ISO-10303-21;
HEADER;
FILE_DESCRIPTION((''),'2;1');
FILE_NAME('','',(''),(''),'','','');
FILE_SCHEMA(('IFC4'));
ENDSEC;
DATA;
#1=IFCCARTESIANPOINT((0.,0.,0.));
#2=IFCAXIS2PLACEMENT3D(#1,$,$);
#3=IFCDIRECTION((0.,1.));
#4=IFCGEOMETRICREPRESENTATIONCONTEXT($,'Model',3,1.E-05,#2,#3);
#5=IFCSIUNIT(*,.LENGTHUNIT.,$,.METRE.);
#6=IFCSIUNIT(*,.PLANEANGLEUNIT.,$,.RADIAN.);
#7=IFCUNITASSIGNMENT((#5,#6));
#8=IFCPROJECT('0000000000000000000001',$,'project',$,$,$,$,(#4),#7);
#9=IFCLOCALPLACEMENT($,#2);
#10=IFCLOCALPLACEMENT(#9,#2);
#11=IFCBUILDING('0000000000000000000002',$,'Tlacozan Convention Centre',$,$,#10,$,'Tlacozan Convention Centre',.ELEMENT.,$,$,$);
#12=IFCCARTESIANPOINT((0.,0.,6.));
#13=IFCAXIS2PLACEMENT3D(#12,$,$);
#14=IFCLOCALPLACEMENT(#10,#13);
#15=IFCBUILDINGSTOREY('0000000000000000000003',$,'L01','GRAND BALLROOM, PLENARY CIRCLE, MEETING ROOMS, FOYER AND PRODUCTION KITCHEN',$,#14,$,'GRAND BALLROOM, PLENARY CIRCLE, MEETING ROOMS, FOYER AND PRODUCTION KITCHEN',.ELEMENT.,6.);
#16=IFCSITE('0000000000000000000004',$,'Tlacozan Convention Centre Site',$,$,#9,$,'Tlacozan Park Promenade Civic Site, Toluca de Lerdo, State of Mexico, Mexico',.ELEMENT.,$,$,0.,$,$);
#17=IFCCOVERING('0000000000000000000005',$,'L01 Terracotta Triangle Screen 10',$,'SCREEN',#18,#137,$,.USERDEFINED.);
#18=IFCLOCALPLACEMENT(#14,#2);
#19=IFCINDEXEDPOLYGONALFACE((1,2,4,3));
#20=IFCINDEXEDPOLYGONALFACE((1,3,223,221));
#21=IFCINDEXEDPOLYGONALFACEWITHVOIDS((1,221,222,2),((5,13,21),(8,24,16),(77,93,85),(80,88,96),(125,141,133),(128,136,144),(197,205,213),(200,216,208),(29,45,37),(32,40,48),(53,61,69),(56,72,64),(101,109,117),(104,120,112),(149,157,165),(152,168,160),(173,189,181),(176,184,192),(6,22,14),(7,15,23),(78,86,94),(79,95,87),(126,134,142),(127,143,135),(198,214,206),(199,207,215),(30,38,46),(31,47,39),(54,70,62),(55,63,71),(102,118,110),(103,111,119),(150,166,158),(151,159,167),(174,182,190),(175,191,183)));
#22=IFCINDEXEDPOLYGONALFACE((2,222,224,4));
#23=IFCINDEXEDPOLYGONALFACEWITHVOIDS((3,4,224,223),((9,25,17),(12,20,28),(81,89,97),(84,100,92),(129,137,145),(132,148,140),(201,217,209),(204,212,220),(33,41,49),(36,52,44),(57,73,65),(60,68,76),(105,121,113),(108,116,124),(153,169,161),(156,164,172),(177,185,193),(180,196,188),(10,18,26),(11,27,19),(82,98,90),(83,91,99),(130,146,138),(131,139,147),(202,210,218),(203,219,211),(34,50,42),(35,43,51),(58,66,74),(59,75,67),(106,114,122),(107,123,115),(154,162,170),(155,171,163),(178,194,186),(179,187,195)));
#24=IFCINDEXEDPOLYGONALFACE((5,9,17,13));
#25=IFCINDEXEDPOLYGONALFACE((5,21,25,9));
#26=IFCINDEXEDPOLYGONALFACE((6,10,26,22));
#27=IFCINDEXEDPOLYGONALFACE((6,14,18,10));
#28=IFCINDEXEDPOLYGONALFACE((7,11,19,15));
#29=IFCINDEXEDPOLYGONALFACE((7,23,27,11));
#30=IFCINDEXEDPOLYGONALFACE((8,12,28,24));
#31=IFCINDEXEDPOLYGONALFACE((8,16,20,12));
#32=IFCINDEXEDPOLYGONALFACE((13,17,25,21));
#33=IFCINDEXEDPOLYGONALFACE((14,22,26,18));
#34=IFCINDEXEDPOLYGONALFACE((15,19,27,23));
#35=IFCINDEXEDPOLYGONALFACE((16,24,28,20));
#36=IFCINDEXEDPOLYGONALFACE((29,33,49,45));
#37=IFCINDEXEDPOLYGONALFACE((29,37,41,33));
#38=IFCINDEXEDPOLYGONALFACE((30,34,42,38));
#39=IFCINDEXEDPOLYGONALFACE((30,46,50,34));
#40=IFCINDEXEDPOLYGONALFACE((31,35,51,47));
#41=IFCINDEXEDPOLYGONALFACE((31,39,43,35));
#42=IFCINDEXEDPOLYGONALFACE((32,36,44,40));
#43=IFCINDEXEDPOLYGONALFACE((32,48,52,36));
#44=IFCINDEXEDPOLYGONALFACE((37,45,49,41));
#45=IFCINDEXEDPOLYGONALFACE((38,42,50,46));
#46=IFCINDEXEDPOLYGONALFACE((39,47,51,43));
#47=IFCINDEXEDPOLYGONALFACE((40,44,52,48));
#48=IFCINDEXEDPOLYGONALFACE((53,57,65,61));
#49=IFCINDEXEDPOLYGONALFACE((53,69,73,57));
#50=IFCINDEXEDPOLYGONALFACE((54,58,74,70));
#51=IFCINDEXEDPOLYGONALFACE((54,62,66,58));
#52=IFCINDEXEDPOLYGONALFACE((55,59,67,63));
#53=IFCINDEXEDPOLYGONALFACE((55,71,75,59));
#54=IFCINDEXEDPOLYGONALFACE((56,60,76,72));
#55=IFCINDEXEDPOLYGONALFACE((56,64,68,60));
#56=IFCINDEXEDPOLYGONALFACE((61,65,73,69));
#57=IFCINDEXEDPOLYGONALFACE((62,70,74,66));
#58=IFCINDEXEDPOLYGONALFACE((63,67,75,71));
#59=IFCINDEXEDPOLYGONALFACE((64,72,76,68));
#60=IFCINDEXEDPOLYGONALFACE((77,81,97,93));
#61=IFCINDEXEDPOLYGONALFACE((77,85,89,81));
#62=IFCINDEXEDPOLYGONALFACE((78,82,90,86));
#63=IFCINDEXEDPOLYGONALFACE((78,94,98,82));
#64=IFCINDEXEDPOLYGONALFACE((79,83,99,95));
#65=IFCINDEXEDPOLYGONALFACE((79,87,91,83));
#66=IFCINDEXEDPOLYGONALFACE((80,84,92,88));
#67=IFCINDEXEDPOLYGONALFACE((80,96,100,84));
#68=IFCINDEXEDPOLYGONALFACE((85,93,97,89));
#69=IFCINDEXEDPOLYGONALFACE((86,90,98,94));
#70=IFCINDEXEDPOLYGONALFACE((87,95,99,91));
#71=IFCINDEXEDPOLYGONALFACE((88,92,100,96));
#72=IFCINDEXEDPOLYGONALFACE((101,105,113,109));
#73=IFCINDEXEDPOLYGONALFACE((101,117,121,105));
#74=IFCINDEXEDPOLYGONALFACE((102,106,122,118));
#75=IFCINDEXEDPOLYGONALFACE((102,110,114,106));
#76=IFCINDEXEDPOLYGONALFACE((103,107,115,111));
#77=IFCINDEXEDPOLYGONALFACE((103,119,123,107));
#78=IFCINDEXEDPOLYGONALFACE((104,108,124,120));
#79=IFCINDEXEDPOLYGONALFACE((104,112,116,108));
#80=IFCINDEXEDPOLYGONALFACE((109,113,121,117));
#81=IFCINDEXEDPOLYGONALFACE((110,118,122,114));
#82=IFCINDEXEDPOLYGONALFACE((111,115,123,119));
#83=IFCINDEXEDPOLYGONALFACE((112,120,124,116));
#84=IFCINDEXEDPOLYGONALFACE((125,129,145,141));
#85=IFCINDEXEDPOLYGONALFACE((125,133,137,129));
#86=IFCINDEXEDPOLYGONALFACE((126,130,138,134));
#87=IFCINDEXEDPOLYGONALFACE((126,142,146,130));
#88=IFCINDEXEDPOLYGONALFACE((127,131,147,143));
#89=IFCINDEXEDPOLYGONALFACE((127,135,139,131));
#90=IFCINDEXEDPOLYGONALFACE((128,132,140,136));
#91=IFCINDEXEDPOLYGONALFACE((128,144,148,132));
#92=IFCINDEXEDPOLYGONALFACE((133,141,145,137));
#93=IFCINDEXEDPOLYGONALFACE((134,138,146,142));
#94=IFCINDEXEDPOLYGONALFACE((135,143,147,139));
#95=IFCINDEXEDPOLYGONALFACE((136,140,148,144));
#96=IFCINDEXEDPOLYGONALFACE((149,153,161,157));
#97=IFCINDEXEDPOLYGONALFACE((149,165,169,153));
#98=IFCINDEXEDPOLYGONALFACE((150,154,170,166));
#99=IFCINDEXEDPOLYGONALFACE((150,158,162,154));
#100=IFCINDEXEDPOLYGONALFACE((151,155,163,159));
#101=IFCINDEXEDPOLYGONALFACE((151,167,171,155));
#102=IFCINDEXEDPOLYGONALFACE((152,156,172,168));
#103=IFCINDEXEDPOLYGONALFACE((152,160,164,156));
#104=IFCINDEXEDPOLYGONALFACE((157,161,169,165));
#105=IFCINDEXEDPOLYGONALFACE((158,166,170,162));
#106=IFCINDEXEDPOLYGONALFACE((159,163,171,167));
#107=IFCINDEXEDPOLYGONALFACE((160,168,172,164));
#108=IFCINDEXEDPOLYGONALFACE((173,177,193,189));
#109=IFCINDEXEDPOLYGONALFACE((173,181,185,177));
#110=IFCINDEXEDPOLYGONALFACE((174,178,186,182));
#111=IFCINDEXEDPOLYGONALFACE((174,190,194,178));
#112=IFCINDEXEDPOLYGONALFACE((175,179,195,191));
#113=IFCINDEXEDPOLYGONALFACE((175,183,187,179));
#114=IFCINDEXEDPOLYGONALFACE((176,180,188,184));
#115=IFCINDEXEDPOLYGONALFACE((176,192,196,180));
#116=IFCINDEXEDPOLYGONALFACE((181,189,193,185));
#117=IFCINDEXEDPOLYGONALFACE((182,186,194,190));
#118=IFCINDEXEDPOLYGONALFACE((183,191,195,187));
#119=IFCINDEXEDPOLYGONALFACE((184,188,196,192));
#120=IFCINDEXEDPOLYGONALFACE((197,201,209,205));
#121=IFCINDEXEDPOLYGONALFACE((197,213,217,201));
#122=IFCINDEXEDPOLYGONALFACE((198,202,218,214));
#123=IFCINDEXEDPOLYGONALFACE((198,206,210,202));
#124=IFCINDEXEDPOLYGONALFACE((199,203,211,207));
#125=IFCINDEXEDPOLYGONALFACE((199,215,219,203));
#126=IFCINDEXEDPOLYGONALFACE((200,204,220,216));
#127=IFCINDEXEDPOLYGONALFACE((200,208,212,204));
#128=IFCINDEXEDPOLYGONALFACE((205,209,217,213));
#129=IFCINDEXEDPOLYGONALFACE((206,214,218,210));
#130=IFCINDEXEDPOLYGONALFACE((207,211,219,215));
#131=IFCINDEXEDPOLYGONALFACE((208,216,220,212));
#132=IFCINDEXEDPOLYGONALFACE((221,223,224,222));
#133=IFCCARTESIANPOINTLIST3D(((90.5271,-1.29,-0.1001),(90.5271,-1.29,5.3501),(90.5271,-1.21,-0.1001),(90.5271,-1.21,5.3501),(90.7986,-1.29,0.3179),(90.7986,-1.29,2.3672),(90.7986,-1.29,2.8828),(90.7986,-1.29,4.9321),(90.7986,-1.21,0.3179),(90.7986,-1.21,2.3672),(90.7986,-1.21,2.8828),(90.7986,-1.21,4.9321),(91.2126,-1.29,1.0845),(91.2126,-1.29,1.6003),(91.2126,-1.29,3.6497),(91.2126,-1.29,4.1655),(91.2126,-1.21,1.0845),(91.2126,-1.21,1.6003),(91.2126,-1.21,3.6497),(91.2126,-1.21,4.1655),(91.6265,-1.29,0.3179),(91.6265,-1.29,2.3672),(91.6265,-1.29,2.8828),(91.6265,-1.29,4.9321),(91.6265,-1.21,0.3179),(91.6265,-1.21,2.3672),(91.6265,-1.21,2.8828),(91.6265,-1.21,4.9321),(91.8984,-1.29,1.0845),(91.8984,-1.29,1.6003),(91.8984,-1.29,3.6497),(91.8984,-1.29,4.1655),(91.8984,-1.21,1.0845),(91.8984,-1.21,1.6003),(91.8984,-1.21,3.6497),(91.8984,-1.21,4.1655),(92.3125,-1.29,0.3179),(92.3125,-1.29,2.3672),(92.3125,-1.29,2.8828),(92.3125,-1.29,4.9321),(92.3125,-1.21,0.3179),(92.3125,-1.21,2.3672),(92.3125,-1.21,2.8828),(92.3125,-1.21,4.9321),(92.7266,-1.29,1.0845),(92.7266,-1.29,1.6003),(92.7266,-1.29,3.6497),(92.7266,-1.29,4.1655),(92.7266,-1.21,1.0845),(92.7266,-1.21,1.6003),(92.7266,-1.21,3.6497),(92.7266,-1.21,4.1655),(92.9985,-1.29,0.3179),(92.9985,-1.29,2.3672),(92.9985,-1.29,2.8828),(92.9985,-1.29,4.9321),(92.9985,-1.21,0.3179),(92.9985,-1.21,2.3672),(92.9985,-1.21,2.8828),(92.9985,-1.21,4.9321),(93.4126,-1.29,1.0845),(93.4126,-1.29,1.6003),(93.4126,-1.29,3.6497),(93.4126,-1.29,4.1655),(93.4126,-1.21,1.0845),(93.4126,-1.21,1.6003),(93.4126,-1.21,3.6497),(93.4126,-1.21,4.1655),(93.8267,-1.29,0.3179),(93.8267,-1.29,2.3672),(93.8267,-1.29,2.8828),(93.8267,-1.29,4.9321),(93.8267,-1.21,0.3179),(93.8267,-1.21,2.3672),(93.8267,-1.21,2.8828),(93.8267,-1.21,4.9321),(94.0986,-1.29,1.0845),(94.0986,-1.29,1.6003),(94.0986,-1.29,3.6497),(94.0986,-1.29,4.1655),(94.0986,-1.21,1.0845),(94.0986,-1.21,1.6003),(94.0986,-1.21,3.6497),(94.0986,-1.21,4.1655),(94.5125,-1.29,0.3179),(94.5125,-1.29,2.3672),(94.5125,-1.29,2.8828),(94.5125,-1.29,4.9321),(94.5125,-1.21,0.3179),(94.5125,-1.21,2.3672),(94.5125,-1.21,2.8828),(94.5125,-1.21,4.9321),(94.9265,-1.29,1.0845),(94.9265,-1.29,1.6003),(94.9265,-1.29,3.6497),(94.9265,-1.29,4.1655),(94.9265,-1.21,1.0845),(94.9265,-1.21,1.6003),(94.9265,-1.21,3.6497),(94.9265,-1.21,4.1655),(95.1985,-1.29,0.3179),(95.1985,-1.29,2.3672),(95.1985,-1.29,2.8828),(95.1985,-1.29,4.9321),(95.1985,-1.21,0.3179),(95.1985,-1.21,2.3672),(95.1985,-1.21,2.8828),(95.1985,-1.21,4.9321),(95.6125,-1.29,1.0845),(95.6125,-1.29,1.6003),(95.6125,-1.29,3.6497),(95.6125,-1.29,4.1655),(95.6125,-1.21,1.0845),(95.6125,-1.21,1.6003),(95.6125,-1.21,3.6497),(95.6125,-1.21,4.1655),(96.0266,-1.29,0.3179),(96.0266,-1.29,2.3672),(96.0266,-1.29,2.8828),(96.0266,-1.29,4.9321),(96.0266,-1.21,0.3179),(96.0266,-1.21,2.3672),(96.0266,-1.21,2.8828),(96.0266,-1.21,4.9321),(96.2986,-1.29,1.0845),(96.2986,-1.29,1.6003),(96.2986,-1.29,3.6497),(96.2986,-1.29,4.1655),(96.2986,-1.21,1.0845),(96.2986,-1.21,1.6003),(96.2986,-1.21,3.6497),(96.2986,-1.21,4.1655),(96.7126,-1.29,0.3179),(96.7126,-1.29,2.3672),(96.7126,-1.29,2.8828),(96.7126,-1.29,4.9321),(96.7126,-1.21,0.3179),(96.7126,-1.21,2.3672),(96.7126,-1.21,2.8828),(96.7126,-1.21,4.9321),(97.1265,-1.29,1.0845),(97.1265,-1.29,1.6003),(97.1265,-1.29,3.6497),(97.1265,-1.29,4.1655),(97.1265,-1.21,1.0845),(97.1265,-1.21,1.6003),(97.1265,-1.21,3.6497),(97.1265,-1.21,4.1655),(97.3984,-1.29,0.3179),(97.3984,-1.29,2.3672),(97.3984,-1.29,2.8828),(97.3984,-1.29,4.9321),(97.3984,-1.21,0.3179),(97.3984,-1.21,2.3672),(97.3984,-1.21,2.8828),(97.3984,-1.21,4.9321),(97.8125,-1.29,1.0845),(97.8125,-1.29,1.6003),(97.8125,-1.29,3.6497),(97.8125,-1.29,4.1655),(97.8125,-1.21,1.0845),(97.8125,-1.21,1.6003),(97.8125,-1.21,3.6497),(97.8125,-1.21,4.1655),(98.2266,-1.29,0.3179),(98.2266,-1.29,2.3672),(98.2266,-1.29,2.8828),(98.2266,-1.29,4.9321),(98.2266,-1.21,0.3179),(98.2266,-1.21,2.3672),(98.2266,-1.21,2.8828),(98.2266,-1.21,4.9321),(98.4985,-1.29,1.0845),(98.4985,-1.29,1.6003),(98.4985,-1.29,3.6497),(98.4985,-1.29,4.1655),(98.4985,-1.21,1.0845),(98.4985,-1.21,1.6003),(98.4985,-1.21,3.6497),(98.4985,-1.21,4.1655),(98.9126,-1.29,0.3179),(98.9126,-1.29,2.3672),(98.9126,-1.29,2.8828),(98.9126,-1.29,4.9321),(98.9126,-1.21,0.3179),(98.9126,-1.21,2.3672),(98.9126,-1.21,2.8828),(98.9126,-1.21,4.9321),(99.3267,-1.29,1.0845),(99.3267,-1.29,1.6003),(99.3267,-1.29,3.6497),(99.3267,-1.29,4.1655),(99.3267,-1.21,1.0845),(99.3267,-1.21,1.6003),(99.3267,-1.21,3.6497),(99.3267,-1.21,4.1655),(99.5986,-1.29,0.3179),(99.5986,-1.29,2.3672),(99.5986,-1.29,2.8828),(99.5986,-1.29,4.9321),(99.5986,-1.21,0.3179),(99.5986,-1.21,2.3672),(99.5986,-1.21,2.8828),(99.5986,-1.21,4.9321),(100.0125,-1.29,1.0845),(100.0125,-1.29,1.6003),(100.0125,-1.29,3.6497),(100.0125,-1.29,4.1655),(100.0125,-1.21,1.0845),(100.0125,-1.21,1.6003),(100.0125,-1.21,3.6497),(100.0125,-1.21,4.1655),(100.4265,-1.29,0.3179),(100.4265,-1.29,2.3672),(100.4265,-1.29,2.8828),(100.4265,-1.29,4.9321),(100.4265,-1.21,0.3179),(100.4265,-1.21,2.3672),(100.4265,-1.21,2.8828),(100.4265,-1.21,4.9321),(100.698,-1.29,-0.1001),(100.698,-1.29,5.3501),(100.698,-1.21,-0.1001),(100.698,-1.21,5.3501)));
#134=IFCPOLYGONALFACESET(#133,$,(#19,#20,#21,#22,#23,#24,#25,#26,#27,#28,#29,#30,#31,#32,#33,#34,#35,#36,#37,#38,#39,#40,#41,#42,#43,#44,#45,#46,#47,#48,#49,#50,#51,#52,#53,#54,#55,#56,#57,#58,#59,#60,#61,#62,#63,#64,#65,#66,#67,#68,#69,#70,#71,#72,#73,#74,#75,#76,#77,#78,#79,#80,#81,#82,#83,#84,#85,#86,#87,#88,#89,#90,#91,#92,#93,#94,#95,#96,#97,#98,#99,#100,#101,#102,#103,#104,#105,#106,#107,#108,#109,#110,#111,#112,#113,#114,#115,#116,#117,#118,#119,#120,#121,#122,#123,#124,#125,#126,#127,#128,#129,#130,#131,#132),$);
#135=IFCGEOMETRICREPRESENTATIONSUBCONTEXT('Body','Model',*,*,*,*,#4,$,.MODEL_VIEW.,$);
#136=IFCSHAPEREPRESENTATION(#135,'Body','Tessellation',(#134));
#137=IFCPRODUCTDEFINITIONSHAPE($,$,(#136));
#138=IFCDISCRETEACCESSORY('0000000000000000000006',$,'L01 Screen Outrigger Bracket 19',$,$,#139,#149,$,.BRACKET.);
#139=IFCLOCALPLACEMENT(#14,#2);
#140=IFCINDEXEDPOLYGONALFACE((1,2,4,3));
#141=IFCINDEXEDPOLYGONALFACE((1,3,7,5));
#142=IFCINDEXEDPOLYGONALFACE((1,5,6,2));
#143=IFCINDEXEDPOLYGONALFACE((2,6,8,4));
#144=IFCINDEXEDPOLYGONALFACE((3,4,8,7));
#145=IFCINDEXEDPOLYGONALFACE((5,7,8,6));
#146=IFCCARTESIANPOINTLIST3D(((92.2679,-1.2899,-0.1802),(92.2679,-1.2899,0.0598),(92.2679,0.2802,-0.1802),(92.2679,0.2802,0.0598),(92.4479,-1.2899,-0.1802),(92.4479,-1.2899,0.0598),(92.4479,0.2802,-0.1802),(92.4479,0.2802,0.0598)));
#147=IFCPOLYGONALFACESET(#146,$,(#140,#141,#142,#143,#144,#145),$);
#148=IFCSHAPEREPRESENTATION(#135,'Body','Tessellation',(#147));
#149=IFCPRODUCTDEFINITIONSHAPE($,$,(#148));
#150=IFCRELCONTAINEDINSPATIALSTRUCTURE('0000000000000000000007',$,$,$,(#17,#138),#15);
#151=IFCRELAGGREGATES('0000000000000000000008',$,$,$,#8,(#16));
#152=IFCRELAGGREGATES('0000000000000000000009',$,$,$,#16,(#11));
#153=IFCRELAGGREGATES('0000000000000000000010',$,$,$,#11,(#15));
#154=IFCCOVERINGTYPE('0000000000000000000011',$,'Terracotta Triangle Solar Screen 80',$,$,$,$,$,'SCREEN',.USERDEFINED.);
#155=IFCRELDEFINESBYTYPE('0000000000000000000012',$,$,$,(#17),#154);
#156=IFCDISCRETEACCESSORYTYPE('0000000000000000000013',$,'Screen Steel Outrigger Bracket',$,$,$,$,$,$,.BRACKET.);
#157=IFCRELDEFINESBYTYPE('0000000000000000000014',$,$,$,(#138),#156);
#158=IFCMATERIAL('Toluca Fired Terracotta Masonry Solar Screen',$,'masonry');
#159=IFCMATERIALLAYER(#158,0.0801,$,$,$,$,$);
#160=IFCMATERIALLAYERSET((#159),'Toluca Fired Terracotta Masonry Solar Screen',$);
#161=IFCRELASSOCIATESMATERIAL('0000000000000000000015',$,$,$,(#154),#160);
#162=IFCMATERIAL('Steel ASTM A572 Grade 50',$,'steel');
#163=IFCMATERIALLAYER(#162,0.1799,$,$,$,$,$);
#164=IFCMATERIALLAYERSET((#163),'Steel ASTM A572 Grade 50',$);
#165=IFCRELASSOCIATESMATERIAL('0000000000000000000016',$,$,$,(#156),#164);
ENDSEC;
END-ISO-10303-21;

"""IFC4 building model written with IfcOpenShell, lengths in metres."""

from ifc_helpers import new_model, si_unit, direction, frame, origin, origin_2d, place, context, subcontext, project, spatial, polyline, rectangle, outline, extrude, material, layer, layer_set, type_object, element, save


model = new_model("IFC4")

# Units and contexts
model_context = context("Model", 3, precision=1e-05, world=origin(), true_north=direction((0.0, 1.0)))
body_context = subcontext(model_context, "Body", "Model", "MODEL_VIEW")
ifc_project = project(units=[si_unit("LENGTHUNIT", "METRE"), si_unit("PLANEANGLEUNIT", "RADIAN")], contexts=[model_context])

# Site, building, storey
site_placement = place(None, origin())
site = spatial("IfcSite", under=ifc_project, at=site_placement, Name="Tlacozan Convention Centre Site", LongName="Tlacozan Park Promenade Civic Site, Toluca de Lerdo, State of Mexico, Mexico", CompositionType="ELEMENT", RefElevation=0.0)
building_placement = place(site_placement, origin())
building = spatial("IfcBuilding", under=site, at=building_placement, Name="Tlacozan Convention Centre", LongName="Tlacozan Convention Centre", CompositionType="ELEMENT")
storey_placement = place(building_placement, frame((0.0, 0.0, 6.0)))
storey = spatial("IfcBuildingStorey", under=building, at=storey_placement, Name="L01", Description="GRAND BALLROOM, PLENARY CIRCLE, MEETING ROOMS, FOYER AND PRODUCTION KITCHEN", LongName="GRAND BALLROOM, PLENARY CIRCLE, MEETING ROOMS, FOYER AND PRODUCTION KITCHEN", CompositionType="ELEMENT", Elevation=6.0)

# Covering
ifc_material_1 = material(Name="Toluca Fired Terracotta Masonry Solar Screen", Category="masonry")
ifc_layer_1 = layer(ifc_material_1, 0.0801)
ifc_layer_set_1 = layer_set([ifc_layer_1], Name="Toluca Fired Terracotta Masonry Solar Screen")
covering_type = type_object("IfcCoveringType", Name="Terracotta Triangle Solar Screen 80", ElementType="SCREEN", PredefinedType="USERDEFINED", material=ifc_layer_set_1)
covering_placement = place(storey_placement, frame((90.5271, -1.25, -0.1001), z_axis=(0.0, 0.0, 1.0), x_axis=(1.0, 0.0, 0.0)))
element("IfcCovering", 1, at=covering_placement, inside=storey, type_object=covering_type, Name="L01 Terracotta Triangle Screen 10", ObjectType="SCREEN", PredefinedType="USERDEFINED", context=body_context, shape_type="SweptSolid", body=[
    extrude(outline(polyline([(0.0, 0.0), (10.1709, 0.0), (10.1709, 5.4502), (0.0, 5.4502), (0.0, 0.0)]), holes=[polyline([(0.2715, 0.418), (1.0994, 0.418), (0.6855, 1.1846), (0.2715, 0.418)]), polyline([(1.3713, 1.1846), (2.1995, 1.1846), (1.7854, 0.418), (1.3713, 1.1846)]), polyline([(2.4714, 0.418), (3.2996, 0.418), (2.8855, 1.1846), (2.4714, 0.418)]), polyline([(3.5715, 1.1846), (4.3994, 1.1846), (3.9854, 0.418), (3.5715, 1.1846)]), polyline([(4.6714, 0.418), (5.4995, 0.418), (5.0854, 1.1846), (4.6714, 0.418)]), polyline([(5.7715, 1.1846), (6.5994, 1.1846), (6.1855, 0.418), (5.7715, 1.1846)]), polyline([(6.8713, 0.418), (7.6995, 0.418), (7.2854, 1.1846), (6.8713, 0.418)]), polyline([(7.9714, 1.1846), (8.7996, 1.1846), (8.3855, 0.418), (7.9714, 1.1846)]), polyline([(9.0715, 0.418), (9.8994, 0.418), (9.4854, 1.1846), (9.0715, 0.418)]), polyline([(0.2715, 2.4673), (1.0994, 2.4673), (0.6855, 1.7004), (0.2715, 2.4673)]), polyline([(1.3713, 1.7004), (2.1995, 1.7004), (1.7854, 2.4673), (1.3713, 1.7004)]), polyline([(2.4714, 2.4673), (3.2996, 2.4673), (2.8855, 1.7004), (2.4714, 2.4673)]), polyline([(3.5715, 1.7004), (4.3994, 1.7004), (3.9854, 2.4673), (3.5715, 1.7004)]), polyline([(4.6714, 2.4673), (5.4995, 2.4673), (5.0854, 1.7004), (4.6714, 2.4673)]), polyline([(5.7715, 1.7004), (6.5994, 1.7004), (6.1855, 2.4673), (5.7715, 1.7004)]), polyline([(6.8713, 2.4673), (7.6995, 2.4673), (7.2854, 1.7004), (6.8713, 2.4673)]), polyline([(7.9714, 1.7004), (8.7996, 1.7004), (8.3855, 2.4673), (7.9714, 1.7004)]), polyline([(9.0715, 2.4673), (9.8994, 2.4673), (9.4854, 1.7004), (9.0715, 2.4673)]), polyline([(0.2715, 2.9829), (1.0994, 2.9829), (0.6855, 3.7498), (0.2715, 2.9829)]), polyline([(1.3713, 3.7498), (2.1995, 3.7498), (1.7854, 2.9829), (1.3713, 3.7498)]), polyline([(2.4714, 2.9829), (3.2996, 2.9829), (2.8855, 3.7498), (2.4714, 2.9829)]), polyline([(3.5715, 3.7498), (4.3994, 3.7498), (3.9854, 2.9829), (3.5715, 3.7498)]), polyline([(4.6714, 2.9829), (5.4995, 2.9829), (5.0854, 3.7498), (4.6714, 2.9829)]), polyline([(5.7715, 3.7498), (6.5994, 3.7498), (6.1855, 2.9829), (5.7715, 3.7498)]), polyline([(6.8713, 2.9829), (7.6995, 2.9829), (7.2854, 3.7498), (6.8713, 2.9829)]), polyline([(7.9714, 3.7498), (8.7996, 3.7498), (8.3855, 2.9829), (7.9714, 3.7498)]), polyline([(9.0715, 2.9829), (9.8994, 2.9829), (9.4854, 3.7498), (9.0715, 2.9829)]), polyline([(0.2715, 5.0322), (1.0994, 5.0322), (0.6855, 4.2656), (0.2715, 5.0322)]), polyline([(1.3713, 4.2656), (2.1995, 4.2656), (1.7854, 5.0322), (1.3713, 4.2656)]), polyline([(2.4714, 5.0322), (3.2996, 5.0322), (2.8855, 4.2656), (2.4714, 5.0322)]), polyline([(3.5715, 4.2656), (4.3994, 4.2656), (3.9854, 5.0322), (3.5715, 4.2656)]), polyline([(4.6714, 5.0322), (5.4995, 5.0322), (5.0854, 4.2656), (4.6714, 5.0322)]), polyline([(5.7715, 4.2656), (6.5994, 4.2656), (6.1855, 5.0322), (5.7715, 4.2656)]), polyline([(6.8713, 5.0322), (7.6995, 5.0322), (7.2854, 4.2656), (6.8713, 5.0322)]), polyline([(7.9714, 4.2656), (8.7996, 4.2656), (8.3855, 5.0322), (7.9714, 4.2656)]), polyline([(9.0715, 5.0322), (9.8994, 5.0322), (9.4854, 4.2656), (9.0715, 5.0322)])]), frame((0.0, 0.04, 0.0), z_axis=(0.0, -1.0, 0.0), x_axis=(1.0, 0.0, 0.0)), (0.0, 0.0, 1.0), 0.0801),
])

# Discrete accessory
ifc_material_2 = material(Name="Steel ASTM A572 Grade 50", Category="steel")
ifc_layer_2 = layer(ifc_material_2, 0.1799)
ifc_layer_set_2 = layer_set([ifc_layer_2], Name="Steel ASTM A572 Grade 50")
discrete_accessory_type = type_object("IfcDiscreteAccessoryType", Name="Screen Steel Outrigger Bracket", PredefinedType="BRACKET", material=ifc_layer_set_2)
discrete_accessory_placement = place(storey_placement, frame((92.3579, -0.5049, -0.1802), z_axis=(0.0, 0.0, 1.0), x_axis=(0.0, 1.0, 0.0)))
element("IfcDiscreteAccessory", 2, at=discrete_accessory_placement, inside=storey, type_object=discrete_accessory_type, Name="L01 Screen Outrigger Bracket 19", PredefinedType="BRACKET", context=body_context, shape_type="SweptSolid", body=[
    extrude(rectangle(XDim=1.5701, YDim=0.1799, at=origin_2d()), origin(), (0.0, 0.0, 1.0), 0.24),
])

save(model, "model.ifc")
